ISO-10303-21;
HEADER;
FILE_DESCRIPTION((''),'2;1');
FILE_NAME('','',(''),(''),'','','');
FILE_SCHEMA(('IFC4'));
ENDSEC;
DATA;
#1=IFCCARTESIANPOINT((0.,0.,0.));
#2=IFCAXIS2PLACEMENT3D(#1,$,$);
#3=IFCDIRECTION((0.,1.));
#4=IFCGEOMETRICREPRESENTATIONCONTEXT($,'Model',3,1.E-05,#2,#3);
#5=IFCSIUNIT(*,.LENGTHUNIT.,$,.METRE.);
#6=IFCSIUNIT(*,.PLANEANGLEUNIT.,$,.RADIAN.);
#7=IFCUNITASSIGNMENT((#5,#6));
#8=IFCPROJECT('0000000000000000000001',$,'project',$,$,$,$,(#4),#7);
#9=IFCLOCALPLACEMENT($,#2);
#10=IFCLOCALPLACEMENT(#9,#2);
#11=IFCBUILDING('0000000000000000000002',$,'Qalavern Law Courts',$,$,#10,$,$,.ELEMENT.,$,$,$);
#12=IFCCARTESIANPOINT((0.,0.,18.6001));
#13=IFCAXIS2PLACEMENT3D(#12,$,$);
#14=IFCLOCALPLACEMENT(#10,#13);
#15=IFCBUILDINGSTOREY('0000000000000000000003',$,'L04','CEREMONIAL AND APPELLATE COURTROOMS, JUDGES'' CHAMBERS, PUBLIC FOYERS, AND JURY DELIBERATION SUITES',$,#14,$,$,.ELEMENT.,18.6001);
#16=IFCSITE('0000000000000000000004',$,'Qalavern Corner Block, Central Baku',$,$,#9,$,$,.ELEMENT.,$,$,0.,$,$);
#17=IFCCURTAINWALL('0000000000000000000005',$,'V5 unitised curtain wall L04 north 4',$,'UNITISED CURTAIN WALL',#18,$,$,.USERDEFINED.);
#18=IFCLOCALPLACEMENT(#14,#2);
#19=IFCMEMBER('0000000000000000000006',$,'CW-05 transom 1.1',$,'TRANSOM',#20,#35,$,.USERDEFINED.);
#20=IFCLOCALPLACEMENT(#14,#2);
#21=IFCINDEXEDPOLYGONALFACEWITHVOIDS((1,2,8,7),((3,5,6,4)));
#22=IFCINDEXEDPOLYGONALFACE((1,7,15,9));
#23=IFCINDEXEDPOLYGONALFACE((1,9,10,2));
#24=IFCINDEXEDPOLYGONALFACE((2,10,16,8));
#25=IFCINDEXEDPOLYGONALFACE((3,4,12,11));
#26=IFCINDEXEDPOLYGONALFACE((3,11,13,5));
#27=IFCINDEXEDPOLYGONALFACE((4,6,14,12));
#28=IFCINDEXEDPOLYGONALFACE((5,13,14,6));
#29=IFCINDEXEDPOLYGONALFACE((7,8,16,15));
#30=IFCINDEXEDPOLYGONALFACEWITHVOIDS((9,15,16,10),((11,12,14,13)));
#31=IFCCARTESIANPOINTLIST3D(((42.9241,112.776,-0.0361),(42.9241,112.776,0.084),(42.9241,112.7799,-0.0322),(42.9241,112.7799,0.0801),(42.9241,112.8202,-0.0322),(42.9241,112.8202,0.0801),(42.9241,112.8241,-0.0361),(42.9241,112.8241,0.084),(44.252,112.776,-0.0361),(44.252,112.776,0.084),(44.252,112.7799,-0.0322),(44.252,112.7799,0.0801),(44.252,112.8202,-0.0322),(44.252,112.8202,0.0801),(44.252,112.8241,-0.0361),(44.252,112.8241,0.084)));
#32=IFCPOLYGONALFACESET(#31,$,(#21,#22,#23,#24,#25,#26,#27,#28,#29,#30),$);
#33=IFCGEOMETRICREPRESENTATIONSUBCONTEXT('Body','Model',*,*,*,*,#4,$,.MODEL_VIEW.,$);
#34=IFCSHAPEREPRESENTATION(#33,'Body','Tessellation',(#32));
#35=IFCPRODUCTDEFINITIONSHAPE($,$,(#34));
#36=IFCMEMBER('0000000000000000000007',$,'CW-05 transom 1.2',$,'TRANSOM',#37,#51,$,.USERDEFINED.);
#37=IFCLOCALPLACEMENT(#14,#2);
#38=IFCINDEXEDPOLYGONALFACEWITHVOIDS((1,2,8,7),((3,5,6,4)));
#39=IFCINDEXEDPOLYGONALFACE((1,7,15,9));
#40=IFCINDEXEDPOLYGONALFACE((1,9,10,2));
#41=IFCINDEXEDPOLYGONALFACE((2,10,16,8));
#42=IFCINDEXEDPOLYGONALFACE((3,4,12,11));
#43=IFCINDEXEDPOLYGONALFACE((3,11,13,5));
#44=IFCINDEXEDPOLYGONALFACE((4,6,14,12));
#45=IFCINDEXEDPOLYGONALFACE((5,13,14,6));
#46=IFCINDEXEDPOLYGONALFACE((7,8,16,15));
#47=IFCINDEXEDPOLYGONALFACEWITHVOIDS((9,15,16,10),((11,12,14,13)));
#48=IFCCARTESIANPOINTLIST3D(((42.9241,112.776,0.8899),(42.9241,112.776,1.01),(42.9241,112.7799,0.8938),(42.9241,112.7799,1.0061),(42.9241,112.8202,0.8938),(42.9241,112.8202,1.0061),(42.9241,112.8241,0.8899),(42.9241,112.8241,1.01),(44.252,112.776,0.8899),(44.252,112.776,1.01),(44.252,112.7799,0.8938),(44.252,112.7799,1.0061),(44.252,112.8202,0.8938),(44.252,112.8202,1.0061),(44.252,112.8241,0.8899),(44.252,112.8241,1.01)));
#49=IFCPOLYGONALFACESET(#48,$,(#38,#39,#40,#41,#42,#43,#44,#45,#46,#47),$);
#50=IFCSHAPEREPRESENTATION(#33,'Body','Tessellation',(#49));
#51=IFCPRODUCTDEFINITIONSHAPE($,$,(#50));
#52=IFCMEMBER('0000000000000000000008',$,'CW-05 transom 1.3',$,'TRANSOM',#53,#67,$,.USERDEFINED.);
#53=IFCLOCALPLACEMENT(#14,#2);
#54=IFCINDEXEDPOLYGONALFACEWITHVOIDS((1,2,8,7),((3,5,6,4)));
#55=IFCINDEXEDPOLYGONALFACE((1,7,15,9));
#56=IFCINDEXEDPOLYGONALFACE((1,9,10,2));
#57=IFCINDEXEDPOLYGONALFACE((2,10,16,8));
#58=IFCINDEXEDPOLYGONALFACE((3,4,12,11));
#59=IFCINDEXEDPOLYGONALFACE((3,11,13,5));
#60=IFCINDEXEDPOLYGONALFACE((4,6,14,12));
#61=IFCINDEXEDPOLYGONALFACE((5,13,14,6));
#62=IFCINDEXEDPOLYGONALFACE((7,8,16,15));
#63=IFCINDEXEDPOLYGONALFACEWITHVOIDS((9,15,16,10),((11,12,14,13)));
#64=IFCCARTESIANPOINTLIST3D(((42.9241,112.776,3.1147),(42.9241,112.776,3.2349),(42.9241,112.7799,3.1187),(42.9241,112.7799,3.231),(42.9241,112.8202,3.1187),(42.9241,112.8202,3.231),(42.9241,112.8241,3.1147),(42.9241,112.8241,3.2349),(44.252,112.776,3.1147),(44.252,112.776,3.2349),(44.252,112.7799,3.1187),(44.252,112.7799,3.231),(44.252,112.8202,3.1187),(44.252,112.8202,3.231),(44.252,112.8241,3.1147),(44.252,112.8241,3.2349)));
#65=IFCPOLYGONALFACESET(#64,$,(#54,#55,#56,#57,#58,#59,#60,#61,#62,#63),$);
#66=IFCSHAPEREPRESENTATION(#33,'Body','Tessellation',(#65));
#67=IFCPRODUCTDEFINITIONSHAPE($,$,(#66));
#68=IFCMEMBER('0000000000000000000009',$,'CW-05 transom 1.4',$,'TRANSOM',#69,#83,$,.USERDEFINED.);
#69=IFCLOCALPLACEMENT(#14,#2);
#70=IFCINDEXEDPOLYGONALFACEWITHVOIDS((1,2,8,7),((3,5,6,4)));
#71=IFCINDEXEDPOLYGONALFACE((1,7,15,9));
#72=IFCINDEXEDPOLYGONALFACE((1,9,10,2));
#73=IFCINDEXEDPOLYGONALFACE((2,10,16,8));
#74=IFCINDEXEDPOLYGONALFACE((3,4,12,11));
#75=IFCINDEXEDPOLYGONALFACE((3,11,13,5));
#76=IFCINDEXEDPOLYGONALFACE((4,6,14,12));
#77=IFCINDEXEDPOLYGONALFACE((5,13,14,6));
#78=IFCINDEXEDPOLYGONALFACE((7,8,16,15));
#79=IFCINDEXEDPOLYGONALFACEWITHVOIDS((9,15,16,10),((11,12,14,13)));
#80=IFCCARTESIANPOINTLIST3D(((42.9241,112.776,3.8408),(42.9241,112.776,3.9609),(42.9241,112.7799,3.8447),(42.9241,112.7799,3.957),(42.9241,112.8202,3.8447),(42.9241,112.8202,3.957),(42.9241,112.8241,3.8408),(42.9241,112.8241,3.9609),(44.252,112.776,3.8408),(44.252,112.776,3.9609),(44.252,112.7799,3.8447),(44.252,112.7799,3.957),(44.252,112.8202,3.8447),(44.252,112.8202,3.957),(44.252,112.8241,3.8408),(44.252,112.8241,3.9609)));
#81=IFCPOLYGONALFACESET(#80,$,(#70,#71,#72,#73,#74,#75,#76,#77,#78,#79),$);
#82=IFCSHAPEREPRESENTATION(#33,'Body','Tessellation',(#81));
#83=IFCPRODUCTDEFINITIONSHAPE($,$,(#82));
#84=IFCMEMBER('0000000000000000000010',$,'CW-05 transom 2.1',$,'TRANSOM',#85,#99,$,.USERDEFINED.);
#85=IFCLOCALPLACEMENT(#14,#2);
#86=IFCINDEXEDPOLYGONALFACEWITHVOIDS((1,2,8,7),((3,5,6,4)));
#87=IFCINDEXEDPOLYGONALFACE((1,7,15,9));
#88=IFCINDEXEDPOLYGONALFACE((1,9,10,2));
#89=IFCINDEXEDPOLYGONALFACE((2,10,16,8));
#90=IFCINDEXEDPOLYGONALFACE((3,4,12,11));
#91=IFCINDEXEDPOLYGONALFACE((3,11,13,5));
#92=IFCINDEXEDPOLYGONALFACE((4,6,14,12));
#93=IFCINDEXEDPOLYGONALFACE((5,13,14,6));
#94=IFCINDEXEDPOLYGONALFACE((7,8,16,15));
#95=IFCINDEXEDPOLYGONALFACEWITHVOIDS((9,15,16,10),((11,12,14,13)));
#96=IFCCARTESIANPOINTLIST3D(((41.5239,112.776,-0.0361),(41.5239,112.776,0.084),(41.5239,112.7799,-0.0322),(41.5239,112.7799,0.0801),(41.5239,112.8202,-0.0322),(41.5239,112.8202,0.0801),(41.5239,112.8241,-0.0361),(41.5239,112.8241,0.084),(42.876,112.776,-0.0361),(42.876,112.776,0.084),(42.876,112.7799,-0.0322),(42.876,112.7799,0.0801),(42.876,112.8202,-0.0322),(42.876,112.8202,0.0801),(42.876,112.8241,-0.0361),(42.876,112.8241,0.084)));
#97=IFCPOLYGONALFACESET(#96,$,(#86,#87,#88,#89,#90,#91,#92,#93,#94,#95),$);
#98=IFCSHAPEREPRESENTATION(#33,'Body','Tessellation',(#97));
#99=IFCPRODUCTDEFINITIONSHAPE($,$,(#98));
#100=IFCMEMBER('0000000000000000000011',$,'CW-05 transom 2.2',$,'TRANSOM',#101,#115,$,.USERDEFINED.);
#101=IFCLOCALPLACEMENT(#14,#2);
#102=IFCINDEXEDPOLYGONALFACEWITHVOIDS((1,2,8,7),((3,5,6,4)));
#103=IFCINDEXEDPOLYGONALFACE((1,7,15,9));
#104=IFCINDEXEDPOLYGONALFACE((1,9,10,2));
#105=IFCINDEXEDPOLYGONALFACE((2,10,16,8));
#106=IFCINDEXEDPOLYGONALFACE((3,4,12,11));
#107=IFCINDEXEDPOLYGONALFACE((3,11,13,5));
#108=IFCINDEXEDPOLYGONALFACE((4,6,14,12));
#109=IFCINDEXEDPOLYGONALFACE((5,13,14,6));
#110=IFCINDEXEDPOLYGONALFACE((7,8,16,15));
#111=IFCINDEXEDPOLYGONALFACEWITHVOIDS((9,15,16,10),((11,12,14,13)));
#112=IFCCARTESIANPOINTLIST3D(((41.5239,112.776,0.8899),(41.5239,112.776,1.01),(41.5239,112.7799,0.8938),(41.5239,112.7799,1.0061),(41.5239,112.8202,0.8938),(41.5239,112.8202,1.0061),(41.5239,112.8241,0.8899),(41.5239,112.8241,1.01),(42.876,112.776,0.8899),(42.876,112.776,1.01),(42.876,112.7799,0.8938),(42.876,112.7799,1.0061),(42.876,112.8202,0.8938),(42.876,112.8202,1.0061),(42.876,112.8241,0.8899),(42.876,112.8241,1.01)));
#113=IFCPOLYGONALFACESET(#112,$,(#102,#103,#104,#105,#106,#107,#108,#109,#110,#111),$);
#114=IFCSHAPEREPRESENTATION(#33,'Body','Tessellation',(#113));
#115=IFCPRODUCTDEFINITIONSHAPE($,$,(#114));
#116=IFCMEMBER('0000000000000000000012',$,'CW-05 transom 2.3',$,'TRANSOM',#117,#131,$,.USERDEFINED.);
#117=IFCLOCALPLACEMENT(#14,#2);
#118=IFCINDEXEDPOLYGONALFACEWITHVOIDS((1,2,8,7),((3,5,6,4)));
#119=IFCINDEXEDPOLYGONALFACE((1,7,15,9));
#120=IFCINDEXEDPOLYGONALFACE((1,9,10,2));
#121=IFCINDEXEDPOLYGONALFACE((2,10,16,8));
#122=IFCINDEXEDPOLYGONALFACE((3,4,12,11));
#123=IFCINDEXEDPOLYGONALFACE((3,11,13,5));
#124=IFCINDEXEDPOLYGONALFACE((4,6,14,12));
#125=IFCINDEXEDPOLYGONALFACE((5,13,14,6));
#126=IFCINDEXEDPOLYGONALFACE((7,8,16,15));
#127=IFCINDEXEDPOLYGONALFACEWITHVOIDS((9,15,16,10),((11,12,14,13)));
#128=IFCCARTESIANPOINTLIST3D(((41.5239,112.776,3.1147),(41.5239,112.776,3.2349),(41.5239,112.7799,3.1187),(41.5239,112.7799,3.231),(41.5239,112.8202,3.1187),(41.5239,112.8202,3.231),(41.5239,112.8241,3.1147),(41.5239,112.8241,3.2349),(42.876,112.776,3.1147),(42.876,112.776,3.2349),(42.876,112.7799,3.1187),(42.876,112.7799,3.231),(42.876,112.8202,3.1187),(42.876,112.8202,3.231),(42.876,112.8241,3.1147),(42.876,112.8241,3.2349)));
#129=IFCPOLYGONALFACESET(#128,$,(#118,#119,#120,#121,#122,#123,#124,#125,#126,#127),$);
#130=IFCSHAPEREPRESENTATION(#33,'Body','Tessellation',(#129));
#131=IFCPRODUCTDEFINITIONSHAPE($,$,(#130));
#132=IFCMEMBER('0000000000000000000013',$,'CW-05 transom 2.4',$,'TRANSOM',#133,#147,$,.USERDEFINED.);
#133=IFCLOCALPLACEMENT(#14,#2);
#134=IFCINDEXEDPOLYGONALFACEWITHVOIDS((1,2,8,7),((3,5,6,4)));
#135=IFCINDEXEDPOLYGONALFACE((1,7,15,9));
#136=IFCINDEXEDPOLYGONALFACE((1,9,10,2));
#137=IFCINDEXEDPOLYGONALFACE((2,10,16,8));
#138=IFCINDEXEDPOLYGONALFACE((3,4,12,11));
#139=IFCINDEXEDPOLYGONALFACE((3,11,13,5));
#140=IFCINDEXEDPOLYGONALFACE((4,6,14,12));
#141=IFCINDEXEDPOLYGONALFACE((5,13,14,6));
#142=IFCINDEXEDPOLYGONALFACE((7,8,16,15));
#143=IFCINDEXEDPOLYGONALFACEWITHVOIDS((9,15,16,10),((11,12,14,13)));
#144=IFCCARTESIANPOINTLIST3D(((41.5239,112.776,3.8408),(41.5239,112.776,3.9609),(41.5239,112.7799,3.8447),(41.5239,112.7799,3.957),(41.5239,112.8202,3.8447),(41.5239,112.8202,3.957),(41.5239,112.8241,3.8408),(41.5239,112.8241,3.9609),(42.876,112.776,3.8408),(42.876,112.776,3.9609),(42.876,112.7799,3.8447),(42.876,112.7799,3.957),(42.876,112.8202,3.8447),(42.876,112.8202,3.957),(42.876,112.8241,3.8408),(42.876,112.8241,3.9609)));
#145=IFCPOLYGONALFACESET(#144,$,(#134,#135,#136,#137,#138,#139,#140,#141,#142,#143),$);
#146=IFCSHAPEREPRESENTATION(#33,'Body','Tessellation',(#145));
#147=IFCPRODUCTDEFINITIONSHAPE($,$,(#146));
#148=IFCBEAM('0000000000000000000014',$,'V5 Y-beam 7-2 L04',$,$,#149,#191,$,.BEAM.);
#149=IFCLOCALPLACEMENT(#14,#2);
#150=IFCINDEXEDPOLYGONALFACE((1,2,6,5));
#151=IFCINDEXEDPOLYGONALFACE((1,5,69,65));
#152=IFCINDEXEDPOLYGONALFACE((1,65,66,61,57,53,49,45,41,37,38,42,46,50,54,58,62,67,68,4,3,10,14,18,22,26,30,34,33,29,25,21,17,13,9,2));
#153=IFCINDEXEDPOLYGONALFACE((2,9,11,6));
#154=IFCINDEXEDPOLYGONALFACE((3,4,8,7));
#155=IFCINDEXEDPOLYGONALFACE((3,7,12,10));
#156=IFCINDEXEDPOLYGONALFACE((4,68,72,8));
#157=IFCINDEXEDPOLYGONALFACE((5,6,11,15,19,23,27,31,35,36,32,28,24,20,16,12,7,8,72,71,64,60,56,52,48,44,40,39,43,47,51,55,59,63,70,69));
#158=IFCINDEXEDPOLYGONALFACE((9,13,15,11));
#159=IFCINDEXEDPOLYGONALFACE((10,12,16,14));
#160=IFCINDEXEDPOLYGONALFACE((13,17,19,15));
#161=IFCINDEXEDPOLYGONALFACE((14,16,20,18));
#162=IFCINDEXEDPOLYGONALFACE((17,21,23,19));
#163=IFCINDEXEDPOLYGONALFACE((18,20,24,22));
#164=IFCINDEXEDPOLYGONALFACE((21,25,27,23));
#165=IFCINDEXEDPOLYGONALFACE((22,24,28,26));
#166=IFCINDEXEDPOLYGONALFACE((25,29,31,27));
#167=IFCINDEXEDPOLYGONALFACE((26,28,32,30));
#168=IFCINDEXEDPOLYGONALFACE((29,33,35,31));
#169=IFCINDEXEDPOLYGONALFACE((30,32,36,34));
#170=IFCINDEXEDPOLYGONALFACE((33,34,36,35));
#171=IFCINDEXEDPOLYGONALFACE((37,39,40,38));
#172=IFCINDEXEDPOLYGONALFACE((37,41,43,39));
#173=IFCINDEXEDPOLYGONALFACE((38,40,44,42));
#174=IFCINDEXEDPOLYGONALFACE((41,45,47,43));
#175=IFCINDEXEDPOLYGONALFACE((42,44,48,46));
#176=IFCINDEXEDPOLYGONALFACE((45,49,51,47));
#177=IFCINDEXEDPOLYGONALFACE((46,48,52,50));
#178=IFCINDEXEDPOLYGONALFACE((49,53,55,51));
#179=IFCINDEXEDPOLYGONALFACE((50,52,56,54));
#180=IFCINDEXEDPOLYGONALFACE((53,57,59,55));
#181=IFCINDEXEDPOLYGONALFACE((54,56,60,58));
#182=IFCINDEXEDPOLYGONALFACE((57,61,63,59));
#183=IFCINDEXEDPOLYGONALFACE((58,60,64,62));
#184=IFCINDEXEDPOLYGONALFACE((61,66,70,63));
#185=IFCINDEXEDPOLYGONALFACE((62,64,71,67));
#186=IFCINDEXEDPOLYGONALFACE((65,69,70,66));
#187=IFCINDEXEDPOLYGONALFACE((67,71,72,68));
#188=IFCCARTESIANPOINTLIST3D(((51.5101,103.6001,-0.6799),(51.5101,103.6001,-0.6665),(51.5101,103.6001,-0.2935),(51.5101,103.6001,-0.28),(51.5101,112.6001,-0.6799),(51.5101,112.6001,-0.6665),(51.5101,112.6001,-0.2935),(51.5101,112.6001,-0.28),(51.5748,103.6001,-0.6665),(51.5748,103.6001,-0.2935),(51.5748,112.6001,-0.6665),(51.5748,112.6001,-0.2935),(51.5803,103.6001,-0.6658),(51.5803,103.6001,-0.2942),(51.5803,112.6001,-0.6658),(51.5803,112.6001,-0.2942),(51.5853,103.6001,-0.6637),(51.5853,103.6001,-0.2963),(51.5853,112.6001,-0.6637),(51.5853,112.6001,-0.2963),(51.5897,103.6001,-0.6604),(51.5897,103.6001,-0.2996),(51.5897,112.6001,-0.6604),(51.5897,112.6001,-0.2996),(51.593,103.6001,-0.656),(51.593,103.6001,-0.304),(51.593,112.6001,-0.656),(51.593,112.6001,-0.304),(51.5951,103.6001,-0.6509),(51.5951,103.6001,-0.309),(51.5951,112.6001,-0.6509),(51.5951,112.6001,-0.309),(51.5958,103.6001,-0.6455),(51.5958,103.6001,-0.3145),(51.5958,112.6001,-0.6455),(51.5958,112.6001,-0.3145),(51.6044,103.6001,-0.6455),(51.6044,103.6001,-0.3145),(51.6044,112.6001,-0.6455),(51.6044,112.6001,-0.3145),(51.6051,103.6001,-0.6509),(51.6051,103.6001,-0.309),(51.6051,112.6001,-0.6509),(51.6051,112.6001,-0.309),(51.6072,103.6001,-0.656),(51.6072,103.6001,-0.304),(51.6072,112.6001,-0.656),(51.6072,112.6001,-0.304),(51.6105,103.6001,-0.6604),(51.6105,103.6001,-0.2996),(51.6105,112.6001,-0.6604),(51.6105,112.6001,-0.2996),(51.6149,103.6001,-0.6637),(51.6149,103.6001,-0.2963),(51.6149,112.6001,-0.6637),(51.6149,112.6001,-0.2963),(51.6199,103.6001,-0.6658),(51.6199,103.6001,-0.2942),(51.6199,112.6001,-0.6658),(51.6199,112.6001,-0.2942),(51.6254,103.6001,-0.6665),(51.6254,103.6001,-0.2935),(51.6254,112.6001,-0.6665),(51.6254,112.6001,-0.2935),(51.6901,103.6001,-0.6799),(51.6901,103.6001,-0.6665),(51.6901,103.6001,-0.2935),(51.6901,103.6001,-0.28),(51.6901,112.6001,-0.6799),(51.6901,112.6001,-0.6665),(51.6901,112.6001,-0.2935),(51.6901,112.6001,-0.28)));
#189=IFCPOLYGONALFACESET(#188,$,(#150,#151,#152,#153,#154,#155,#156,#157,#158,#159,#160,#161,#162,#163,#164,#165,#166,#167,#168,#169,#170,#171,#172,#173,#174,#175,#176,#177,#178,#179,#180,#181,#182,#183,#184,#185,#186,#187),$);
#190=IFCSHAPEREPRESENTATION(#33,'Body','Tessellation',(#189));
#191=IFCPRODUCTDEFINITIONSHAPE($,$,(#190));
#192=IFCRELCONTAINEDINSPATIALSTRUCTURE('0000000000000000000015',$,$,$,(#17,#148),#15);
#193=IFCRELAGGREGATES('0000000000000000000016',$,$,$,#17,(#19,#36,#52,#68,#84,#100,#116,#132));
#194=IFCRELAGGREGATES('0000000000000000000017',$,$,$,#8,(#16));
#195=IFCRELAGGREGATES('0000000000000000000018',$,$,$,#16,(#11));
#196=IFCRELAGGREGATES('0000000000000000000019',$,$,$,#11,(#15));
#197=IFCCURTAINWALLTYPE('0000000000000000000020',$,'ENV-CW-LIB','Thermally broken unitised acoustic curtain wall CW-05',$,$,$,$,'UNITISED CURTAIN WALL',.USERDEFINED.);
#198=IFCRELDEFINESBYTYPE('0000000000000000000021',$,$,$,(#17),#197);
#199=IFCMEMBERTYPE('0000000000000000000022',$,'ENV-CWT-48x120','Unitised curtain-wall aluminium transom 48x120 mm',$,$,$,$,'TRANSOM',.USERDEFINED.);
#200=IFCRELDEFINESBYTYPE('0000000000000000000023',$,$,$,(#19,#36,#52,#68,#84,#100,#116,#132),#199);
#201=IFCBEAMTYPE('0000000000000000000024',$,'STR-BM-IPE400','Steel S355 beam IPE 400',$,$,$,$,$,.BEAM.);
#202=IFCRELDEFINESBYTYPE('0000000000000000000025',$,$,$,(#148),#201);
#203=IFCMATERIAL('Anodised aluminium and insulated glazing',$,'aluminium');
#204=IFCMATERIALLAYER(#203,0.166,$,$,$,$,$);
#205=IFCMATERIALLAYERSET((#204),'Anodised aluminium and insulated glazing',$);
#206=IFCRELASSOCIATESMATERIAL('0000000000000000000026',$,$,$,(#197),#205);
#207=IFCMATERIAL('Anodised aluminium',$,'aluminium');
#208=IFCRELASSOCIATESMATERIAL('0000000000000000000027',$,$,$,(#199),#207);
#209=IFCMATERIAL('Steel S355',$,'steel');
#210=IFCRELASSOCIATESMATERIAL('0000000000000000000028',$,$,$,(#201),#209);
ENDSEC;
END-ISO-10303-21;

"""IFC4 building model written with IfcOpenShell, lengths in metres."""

from ifc_helpers import new_model, si_unit, direction, frame, origin, origin_2d, place, context, subcontext, project, spatial, hollow_rectangle, i_section, extrude, material, layer, layer_set, material_profile, profile_set, type_object, element, aggregate, save


model = new_model("IFC4")

# Units and contexts
model_context = context("Model", 3, precision=1e-05, world=origin(), true_north=direction((0.0, 1.0)))
body_context = subcontext(model_context, "Body", "Model", "MODEL_VIEW")
ifc_project = project(units=[si_unit("LENGTHUNIT", "METRE"), si_unit("PLANEANGLEUNIT", "RADIAN")], contexts=[model_context])

# Site, building, storey
site_placement = place(None, origin())
site = spatial("IfcSite", under=ifc_project, at=site_placement, Name="Qalavern Corner Block, Central Baku", CompositionType="ELEMENT", RefElevation=0.0)
building_placement = place(site_placement, origin())
building = spatial("IfcBuilding", under=site, at=building_placement, Name="Qalavern Law Courts", CompositionType="ELEMENT")
storey_placement = place(building_placement, frame((0.0, 0.0, 18.6001)))
storey = spatial("IfcBuildingStorey", under=building, at=storey_placement, Name="L04", Description="CEREMONIAL AND APPELLATE COURTROOMS, JUDGES' CHAMBERS, PUBLIC FOYERS, AND JURY DELIBERATION SUITES", CompositionType="ELEMENT", Elevation=18.6001)

# Curtain wall
ifc_material_1 = material(Name="Anodised aluminium and insulated glazing", Category="aluminium")
ifc_layer_1 = layer(ifc_material_1, 0.166)
ifc_layer_set_1 = layer_set([ifc_layer_1], Name="Anodised aluminium and insulated glazing")
curtain_wall_type = type_object("IfcCurtainWallType", Name="ENV-CW-LIB", Description="Thermally broken unitised acoustic curtain wall CW-05", ElementType="UNITISED CURTAIN WALL", PredefinedType="USERDEFINED", material=ifc_layer_set_1)
ifc_material_2 = material(Name="Anodised aluminium", Category="aluminium")
curtain_wall_1_placement = place(storey_placement, origin())
curtain_wall_1 = element("IfcCurtainWall", 1, at=curtain_wall_1_placement, inside=storey, type_object=curtain_wall_type, Name="V5 unitised curtain wall L04 north 4", ObjectType="UNITISED CURTAIN WALL", PredefinedType="USERDEFINED")

# Members
ifc_material_profile_1 = material_profile(ifc_material_2, hollow_rectangle(XDim=0.0481, YDim=0.1201, WallThickness=0.0039, at=origin_2d()), Name="ALU TRANSOM 48x120")
ifc_profile_set_1 = profile_set([ifc_material_profile_1], Name="Anodised aluminium")
member_type_1 = type_object("IfcMemberType", Name="ENV-CWT-48x120", Description="Unitised curtain-wall aluminium transom 48x120 mm", ElementType="TRANSOM", PredefinedType="USERDEFINED", material=ifc_profile_set_1)
member_1_placement = place(storey_placement, frame((44.252, 112.8, 0.0239), z_axis=(-1.0, 0.0, 0.0), x_axis=(0.0, -1.0, 0.0)))
member_1 = element("IfcMember", 2, at=member_1_placement, type_object=member_type_1, Name="CW-05 transom 1.1", ObjectType="TRANSOM", PredefinedType="USERDEFINED", context=body_context, shape_type="SweptSolid", body=[
    extrude(hollow_rectangle(XDim=0.0481, YDim=0.1201, WallThickness=0.0039, at=origin_2d()), origin(), (0.0, 0.0, 1.0), 1.3279),
])
member_2_placement = place(storey_placement, frame((44.252, 112.8, 0.95), z_axis=(-1.0, 0.0, 0.0), x_axis=(0.0, -1.0, 0.0)))
member_2 = element("IfcMember", 3, at=member_2_placement, type_object=member_type_1, Name="CW-05 transom 1.2", ObjectType="TRANSOM", PredefinedType="USERDEFINED", context=body_context, shape_type="SweptSolid", body=[
    extrude(hollow_rectangle(XDim=0.0481, YDim=0.1201, WallThickness=0.0039, at=origin_2d()), origin(), (0.0, 0.0, 1.0), 1.3279),
])
member_3_placement = place(storey_placement, frame((44.252, 112.8, 3.1748), z_axis=(-1.0, 0.0, 0.0), x_axis=(0.0, -1.0, 0.0)))
member_3 = element("IfcMember", 4, at=member_3_placement, type_object=member_type_1, Name="CW-05 transom 1.3", ObjectType="TRANSOM", PredefinedType="USERDEFINED", context=body_context, shape_type="SweptSolid", body=[
    extrude(hollow_rectangle(XDim=0.0481, YDim=0.1201, WallThickness=0.0039, at=origin_2d()), origin(), (0.0, 0.0, 1.0), 1.3279),
])
member_4_placement = place(storey_placement, frame((44.252, 112.8, 3.9009), z_axis=(-1.0, 0.0, 0.0), x_axis=(0.0, -1.0, 0.0)))
member_4 = element("IfcMember", 5, at=member_4_placement, type_object=member_type_1, Name="CW-05 transom 1.4", ObjectType="TRANSOM", PredefinedType="USERDEFINED", context=body_context, shape_type="SweptSolid", body=[
    extrude(hollow_rectangle(XDim=0.0481, YDim=0.1201, WallThickness=0.0039, at=origin_2d()), origin(), (0.0, 0.0, 1.0), 1.3279),
])
member_5_placement = place(storey_placement, frame((42.876, 112.8, 0.0239), z_axis=(-1.0, 0.0, 0.0), x_axis=(0.0, -1.0, 0.0)))
member_5 = element("IfcMember", 6, at=member_5_placement, type_object=member_type_1, Name="CW-05 transom 2.1", ObjectType="TRANSOM", PredefinedType="USERDEFINED", context=body_context, shape_type="SweptSolid", body=[
    extrude(hollow_rectangle(XDim=0.0481, YDim=0.1201, WallThickness=0.0039, at=origin_2d()), origin(), (0.0, 0.0, 1.0), 1.3521),
])
member_6_placement = place(storey_placement, frame((42.876, 112.8, 0.95), z_axis=(-1.0, 0.0, 0.0), x_axis=(0.0, -1.0, 0.0)))
member_6 = element("IfcMember", 7, at=member_6_placement, type_object=member_type_1, Name="CW-05 transom 2.2", ObjectType="TRANSOM", PredefinedType="USERDEFINED", context=body_context, shape_type="SweptSolid", body=[
    extrude(hollow_rectangle(XDim=0.0481, YDim=0.1201, WallThickness=0.0039, at=origin_2d()), origin(), (0.0, 0.0, 1.0), 1.3521),
])
member_7_placement = place(storey_placement, frame((42.876, 112.8, 3.1748), z_axis=(-1.0, 0.0, 0.0), x_axis=(0.0, -1.0, 0.0)))
member_7 = element("IfcMember", 8, at=member_7_placement, type_object=member_type_1, Name="CW-05 transom 2.3", ObjectType="TRANSOM", PredefinedType="USERDEFINED", context=body_context, shape_type="SweptSolid", body=[
    extrude(hollow_rectangle(XDim=0.0481, YDim=0.1201, WallThickness=0.0039, at=origin_2d()), origin(), (0.0, 0.0, 1.0), 1.3521),
])
member_8_placement = place(storey_placement, frame((42.876, 112.8, 3.9009), z_axis=(-1.0, 0.0, 0.0), x_axis=(0.0, -1.0, 0.0)))
member_8 = element("IfcMember", 9, at=member_8_placement, type_object=member_type_1, Name="CW-05 transom 2.4", ObjectType="TRANSOM", PredefinedType="USERDEFINED", context=body_context, shape_type="SweptSolid", body=[
    extrude(hollow_rectangle(XDim=0.0481, YDim=0.1201, WallThickness=0.0039, at=origin_2d()), origin(), (0.0, 0.0, 1.0), 1.3521),
])

# Beam
ifc_material_3 = material(Name="Steel S355", Category="steel")
ifc_material_profile_2 = material_profile(ifc_material_3, i_section(OverallWidth=0.1799, OverallDepth=0.3999, WebThickness=0.0085, FlangeThickness=0.0134, FilletRadius=0.021, at=origin_2d()), Name="IPE 400")
ifc_profile_set_2 = profile_set([ifc_material_profile_2], Name="Steel S355")
beam_type_1 = type_object("IfcBeamType", Name="STR-BM-IPE400", Description="Steel S355 beam IPE 400", PredefinedType="BEAM", material=ifc_profile_set_2)
beam_1_placement = place(storey_placement, frame((51.6001, 103.6001, -0.48), z_axis=(0.0, 1.0, 0.0), x_axis=(-1.0, 0.0, 0.0)))
element("IfcBeam", 10, at=beam_1_placement, inside=storey, type_object=beam_type_1, Name="V5 Y-beam 7-2 L04", PredefinedType="BEAM", context=body_context, shape_type="SweptSolid", body=[
    extrude(i_section(OverallWidth=0.1799, OverallDepth=0.3999, WebThickness=0.0085, FlangeThickness=0.0134, FilletRadius=0.021, at=origin_2d()), origin(), (0.0, 0.0, 1.0), 9.0),
])

aggregate(curtain_wall_1, [member_1, member_2, member_3, member_4, member_5, member_6, member_7, member_8])

save(model, "model.ifc")
